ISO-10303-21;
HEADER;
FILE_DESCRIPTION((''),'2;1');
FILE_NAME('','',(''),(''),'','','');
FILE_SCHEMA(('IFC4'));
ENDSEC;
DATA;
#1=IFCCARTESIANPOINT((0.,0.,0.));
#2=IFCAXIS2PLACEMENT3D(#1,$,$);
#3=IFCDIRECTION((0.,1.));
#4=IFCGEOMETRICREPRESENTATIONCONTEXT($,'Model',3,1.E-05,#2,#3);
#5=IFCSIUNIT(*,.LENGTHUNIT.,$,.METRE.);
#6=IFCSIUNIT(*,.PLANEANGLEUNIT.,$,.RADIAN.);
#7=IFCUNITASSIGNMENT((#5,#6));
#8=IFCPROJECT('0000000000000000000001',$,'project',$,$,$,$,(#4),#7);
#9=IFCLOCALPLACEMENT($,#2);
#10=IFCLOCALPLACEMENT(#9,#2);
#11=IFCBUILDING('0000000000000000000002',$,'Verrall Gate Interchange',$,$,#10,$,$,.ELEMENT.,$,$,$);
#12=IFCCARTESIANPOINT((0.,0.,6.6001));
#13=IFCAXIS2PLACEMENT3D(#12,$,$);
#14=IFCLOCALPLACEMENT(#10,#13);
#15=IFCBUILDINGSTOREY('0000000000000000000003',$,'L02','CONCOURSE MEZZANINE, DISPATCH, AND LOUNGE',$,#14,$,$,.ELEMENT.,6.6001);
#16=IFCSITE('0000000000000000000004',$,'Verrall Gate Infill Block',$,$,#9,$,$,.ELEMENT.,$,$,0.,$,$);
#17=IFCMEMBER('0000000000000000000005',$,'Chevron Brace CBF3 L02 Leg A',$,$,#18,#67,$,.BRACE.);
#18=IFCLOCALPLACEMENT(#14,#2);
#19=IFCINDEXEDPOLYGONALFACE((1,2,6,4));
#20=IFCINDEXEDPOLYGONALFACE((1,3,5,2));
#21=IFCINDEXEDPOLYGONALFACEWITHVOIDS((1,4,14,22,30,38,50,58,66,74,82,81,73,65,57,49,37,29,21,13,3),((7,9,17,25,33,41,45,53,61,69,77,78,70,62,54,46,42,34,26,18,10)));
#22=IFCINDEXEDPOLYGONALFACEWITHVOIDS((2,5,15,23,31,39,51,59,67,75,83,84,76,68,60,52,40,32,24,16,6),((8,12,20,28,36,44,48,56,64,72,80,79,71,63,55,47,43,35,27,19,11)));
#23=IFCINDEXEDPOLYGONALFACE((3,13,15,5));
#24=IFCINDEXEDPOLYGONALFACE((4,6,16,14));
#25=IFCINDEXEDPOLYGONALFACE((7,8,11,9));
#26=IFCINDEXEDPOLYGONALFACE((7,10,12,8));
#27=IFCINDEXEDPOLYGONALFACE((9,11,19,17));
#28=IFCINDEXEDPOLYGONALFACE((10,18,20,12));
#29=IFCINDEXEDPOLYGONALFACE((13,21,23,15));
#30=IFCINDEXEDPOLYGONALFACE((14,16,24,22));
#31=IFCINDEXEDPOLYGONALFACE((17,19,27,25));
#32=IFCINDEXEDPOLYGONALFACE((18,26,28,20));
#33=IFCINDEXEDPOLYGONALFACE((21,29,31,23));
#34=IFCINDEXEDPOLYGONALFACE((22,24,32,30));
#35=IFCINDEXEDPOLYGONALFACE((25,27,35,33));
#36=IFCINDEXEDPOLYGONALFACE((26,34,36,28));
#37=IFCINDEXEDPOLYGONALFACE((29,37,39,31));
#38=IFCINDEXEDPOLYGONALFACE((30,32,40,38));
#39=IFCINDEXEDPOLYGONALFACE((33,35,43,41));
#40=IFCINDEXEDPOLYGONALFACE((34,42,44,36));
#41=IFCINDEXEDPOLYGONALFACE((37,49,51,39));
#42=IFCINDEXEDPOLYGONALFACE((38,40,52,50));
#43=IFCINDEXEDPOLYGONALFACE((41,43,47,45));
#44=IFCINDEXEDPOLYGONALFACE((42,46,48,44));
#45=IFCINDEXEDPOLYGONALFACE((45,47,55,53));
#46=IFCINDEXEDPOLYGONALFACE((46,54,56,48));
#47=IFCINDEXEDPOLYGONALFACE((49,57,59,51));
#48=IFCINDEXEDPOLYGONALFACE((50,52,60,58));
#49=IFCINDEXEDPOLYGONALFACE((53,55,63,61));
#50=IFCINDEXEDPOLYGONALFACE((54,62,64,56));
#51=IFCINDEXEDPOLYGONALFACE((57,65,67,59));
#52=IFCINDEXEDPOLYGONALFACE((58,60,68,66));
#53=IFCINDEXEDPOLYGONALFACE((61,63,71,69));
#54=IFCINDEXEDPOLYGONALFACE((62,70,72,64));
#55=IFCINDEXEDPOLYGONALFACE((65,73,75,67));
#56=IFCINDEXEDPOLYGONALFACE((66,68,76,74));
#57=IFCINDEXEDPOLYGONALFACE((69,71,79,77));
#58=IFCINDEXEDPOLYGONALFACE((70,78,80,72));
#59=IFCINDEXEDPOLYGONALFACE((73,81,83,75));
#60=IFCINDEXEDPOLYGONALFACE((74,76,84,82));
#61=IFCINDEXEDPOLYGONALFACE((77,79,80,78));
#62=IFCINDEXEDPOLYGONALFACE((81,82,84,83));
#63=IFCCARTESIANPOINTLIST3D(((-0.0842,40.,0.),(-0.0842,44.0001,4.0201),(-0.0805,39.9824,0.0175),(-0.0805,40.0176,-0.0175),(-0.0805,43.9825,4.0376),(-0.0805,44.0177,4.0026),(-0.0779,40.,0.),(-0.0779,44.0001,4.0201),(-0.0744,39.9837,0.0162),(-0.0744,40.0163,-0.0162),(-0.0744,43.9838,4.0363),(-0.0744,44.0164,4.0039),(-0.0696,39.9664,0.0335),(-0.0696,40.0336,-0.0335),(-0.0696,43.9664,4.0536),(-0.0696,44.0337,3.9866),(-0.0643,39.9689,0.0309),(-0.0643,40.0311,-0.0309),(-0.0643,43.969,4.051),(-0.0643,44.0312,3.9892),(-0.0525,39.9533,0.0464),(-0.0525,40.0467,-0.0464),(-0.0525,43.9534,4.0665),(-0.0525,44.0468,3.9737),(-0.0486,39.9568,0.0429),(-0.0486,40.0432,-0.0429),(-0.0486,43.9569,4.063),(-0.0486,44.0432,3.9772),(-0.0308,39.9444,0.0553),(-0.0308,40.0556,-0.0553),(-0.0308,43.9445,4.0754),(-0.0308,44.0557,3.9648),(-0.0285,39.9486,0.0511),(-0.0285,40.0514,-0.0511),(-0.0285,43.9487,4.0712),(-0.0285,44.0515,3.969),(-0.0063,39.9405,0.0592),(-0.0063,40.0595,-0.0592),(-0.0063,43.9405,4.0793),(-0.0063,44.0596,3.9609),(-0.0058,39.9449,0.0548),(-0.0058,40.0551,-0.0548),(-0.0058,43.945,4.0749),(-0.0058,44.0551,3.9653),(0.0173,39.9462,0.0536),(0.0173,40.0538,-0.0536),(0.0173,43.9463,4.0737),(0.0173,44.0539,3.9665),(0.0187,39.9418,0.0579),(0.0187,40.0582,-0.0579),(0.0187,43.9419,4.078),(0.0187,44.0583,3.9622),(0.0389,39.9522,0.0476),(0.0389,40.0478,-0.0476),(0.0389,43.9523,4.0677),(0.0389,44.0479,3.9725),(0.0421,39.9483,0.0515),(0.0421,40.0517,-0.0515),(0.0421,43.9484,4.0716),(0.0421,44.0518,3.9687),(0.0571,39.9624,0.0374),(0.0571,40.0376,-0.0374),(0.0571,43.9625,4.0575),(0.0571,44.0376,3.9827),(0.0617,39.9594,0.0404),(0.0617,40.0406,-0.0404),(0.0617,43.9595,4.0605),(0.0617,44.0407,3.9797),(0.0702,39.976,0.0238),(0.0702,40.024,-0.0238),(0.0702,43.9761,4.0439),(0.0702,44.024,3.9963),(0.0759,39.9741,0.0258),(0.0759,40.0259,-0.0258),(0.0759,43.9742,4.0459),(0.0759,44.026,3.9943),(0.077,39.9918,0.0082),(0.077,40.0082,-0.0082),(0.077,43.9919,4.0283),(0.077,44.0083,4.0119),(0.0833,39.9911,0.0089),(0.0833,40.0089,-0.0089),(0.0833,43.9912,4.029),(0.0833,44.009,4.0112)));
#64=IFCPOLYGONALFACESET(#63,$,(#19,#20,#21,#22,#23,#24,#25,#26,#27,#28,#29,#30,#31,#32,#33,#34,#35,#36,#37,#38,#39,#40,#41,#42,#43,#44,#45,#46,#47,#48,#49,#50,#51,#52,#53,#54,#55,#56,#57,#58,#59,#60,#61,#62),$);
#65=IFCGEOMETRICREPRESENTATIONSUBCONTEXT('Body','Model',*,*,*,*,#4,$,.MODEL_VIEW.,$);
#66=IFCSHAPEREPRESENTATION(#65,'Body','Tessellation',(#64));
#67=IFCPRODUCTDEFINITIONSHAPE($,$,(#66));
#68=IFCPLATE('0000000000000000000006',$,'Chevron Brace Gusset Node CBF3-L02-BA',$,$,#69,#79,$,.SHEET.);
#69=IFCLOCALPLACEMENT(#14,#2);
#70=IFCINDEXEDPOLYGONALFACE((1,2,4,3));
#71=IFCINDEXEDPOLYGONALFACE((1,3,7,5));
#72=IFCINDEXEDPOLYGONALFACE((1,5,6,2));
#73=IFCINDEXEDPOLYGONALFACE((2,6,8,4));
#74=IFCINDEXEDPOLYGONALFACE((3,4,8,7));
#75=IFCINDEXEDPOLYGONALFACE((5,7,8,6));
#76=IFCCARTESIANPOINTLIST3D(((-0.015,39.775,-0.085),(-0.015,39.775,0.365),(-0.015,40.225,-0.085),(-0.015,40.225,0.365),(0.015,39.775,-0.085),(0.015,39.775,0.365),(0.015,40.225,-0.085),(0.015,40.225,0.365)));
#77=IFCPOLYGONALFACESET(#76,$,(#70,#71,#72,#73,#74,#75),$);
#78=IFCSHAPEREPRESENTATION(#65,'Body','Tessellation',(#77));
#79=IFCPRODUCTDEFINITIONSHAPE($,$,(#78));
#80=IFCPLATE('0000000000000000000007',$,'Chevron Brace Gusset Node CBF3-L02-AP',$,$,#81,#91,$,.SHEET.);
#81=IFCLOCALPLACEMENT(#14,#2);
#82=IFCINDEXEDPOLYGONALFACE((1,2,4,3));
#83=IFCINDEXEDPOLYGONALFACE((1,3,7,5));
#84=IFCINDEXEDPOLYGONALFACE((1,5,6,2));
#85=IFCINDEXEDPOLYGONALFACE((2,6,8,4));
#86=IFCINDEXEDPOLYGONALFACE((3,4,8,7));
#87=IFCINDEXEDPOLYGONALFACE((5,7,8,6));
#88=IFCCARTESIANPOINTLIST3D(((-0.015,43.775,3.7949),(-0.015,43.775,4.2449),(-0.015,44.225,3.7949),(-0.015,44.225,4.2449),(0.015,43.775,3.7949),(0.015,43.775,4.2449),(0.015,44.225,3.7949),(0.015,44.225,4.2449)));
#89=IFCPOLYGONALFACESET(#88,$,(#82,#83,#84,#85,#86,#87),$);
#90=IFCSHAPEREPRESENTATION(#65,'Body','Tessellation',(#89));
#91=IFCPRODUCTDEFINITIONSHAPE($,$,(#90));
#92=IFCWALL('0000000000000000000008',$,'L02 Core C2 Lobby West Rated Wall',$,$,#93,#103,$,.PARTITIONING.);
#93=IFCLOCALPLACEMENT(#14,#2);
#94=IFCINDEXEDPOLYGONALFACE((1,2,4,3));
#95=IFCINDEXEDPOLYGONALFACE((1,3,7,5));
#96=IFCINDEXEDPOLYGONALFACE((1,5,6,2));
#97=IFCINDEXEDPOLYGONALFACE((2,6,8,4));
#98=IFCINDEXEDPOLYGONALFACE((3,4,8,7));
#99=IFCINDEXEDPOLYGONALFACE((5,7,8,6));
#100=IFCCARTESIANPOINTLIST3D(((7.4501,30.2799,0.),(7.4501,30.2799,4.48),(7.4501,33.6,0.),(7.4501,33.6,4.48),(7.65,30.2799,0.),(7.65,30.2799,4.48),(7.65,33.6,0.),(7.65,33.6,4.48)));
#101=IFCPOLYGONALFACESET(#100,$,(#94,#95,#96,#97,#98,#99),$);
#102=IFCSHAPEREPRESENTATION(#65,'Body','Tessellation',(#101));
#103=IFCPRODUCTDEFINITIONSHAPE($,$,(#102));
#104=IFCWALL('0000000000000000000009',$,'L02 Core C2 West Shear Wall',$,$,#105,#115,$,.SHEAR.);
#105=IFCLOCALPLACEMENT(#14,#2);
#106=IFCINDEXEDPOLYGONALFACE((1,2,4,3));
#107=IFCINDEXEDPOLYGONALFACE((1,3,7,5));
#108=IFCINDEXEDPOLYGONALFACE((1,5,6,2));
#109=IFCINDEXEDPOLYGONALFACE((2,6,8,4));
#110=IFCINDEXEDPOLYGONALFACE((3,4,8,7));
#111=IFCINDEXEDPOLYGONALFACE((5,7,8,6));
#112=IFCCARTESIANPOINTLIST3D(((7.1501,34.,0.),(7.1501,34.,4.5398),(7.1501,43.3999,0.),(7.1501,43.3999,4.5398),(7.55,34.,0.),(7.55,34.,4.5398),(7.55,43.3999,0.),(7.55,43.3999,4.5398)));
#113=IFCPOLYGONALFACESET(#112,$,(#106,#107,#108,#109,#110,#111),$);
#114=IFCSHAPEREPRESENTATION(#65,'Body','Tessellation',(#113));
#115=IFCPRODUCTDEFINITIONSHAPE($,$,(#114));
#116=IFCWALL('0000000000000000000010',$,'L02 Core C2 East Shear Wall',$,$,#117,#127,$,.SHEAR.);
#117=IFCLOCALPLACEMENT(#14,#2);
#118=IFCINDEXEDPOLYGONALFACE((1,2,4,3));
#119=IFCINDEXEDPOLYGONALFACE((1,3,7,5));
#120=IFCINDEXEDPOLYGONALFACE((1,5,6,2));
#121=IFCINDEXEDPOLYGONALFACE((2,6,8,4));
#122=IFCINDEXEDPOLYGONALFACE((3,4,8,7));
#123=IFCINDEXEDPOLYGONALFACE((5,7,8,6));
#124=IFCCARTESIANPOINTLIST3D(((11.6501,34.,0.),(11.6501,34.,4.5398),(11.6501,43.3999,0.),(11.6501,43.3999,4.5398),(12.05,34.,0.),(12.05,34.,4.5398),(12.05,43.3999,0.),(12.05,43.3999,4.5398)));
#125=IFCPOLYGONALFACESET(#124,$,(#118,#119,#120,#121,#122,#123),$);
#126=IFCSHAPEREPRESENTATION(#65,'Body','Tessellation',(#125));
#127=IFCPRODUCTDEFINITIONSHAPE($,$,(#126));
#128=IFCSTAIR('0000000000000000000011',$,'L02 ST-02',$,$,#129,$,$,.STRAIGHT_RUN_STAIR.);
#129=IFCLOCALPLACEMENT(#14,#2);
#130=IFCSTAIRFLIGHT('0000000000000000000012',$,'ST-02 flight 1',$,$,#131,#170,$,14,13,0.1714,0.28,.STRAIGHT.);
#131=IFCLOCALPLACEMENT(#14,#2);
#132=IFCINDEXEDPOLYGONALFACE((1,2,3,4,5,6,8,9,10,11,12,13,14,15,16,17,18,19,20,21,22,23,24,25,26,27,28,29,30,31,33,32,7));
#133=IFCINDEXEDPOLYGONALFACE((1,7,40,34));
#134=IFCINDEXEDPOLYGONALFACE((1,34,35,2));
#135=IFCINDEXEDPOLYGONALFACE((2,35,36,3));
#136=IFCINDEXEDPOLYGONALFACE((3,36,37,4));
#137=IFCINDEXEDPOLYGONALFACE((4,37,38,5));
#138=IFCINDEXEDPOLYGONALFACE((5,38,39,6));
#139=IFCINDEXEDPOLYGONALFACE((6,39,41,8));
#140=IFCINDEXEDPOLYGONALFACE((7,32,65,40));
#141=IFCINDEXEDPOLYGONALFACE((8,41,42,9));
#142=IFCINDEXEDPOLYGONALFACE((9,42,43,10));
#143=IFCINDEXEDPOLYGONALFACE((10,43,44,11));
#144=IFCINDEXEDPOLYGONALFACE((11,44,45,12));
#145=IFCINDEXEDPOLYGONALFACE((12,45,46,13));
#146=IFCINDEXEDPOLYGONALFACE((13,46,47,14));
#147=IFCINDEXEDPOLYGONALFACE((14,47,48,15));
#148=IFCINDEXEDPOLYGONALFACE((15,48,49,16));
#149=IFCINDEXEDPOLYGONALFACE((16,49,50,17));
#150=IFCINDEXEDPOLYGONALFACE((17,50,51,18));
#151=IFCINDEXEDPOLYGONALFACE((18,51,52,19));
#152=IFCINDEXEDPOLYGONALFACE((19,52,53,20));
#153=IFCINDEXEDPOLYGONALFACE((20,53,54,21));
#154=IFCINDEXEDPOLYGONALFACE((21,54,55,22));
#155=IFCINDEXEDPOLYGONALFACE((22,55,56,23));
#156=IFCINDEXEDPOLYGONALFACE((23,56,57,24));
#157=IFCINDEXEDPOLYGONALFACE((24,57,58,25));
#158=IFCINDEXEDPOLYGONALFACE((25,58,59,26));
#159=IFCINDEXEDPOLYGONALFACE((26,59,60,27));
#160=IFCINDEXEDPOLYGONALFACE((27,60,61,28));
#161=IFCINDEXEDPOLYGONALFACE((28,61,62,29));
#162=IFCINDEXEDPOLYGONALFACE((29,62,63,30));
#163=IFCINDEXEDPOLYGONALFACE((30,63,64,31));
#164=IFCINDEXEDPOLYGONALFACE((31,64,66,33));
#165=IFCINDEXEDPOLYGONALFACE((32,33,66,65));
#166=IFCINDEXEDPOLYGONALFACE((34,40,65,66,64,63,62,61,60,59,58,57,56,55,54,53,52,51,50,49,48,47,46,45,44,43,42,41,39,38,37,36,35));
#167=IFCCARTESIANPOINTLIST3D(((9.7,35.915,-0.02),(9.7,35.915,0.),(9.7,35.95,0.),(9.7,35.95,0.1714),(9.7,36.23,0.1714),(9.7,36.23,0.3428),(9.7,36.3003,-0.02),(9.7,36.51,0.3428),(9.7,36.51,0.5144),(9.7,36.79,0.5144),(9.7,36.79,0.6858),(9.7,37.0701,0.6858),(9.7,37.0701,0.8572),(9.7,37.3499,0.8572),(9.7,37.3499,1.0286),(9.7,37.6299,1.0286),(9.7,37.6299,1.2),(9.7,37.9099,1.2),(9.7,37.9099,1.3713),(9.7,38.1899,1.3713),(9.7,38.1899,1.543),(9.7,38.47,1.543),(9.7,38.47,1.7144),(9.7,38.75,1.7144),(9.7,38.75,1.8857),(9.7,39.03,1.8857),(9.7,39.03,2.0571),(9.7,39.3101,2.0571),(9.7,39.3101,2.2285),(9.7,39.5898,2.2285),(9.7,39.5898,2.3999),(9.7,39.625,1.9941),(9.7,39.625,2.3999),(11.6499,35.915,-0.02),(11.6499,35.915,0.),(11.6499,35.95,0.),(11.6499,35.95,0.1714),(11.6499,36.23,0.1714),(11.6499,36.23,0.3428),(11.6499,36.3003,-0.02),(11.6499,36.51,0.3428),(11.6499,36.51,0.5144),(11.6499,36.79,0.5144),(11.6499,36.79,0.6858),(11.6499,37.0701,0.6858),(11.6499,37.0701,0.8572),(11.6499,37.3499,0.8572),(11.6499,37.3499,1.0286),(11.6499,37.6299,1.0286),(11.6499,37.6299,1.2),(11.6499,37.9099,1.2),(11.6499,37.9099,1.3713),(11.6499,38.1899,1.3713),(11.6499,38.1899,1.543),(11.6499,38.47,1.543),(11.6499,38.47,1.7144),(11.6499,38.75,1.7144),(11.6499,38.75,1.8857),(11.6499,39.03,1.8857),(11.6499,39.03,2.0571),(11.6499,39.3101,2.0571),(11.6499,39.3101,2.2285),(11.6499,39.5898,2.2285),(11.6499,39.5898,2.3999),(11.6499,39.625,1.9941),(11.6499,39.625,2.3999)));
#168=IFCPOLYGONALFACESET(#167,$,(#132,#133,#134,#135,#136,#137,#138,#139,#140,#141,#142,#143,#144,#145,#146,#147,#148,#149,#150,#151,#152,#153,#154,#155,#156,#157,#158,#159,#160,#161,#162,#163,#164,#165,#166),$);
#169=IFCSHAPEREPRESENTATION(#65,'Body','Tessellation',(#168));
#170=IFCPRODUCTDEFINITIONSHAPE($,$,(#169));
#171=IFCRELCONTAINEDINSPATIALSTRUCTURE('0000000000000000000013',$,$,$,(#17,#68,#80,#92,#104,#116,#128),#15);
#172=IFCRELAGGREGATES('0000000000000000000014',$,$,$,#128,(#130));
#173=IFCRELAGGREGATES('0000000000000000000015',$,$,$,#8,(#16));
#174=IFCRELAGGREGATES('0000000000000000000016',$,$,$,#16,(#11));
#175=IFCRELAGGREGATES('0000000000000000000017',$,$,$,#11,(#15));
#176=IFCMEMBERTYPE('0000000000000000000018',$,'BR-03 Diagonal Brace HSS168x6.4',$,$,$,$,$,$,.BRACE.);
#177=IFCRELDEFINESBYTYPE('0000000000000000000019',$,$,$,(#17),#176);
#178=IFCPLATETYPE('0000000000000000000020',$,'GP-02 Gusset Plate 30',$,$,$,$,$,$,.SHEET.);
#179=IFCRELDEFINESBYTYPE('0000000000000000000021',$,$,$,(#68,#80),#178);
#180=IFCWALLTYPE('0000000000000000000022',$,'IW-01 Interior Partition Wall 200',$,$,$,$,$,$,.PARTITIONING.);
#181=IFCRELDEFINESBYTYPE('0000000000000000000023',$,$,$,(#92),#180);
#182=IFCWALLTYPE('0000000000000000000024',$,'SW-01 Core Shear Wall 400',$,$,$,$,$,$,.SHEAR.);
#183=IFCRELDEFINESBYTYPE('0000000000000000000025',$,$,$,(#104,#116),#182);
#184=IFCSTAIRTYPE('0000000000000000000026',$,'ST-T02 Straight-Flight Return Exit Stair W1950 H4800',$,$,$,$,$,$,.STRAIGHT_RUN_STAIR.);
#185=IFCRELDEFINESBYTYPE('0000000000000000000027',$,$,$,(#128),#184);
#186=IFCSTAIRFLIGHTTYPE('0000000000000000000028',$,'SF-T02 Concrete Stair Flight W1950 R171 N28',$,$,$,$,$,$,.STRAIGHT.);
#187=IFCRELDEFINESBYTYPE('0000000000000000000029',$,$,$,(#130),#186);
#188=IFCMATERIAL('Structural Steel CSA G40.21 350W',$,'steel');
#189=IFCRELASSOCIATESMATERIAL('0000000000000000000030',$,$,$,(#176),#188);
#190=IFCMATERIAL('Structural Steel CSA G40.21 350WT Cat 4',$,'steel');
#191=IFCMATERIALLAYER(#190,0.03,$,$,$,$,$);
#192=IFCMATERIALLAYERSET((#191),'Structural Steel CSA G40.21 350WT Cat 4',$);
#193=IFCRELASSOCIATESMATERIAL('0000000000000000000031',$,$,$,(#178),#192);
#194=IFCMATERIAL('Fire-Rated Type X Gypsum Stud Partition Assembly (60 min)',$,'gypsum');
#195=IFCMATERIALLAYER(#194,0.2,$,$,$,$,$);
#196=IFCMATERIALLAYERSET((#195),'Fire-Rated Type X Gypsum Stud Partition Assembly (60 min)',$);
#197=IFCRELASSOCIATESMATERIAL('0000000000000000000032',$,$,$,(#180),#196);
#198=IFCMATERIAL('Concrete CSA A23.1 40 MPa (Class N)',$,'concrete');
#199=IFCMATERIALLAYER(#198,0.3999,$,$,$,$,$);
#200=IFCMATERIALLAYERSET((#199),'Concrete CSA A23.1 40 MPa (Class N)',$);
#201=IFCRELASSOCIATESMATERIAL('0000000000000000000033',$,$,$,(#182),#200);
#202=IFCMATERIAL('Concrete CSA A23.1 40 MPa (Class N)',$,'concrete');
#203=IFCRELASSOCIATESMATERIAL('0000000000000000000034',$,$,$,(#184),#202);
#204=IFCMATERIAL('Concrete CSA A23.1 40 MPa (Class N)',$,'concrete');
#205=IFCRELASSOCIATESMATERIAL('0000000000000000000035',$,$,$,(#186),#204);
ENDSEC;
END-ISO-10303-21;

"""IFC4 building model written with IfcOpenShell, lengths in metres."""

from ifc_helpers import new_model, si_unit, direction, frame, frame_2d, origin, origin_2d, place, context, subcontext, project, spatial, polyline, rectangle, hollow_circle, outline, extrude, material, layer, layer_set, material_profile, profile_set, type_object, element, aggregate, save


model = new_model("IFC4")

# Units and contexts
model_context = context("Model", 3, precision=1e-05, world=origin(), true_north=direction((0.0, 1.0)))
body_context = subcontext(model_context, "Body", "Model", "MODEL_VIEW")
ifc_project = project(units=[si_unit("LENGTHUNIT", "METRE"), si_unit("PLANEANGLEUNIT", "RADIAN")], contexts=[model_context])

# Site, building, storey
site_placement = place(None, origin())
site = spatial("IfcSite", under=ifc_project, at=site_placement, Name="Verrall Gate Infill Block", CompositionType="ELEMENT", RefElevation=0.0)
building_placement = place(site_placement, origin())
building = spatial("IfcBuilding", under=site, at=building_placement, Name="Verrall Gate Interchange", CompositionType="ELEMENT")
storey_placement = place(building_placement, frame((0.0, 0.0, 6.6001)))
storey = spatial("IfcBuildingStorey", under=building, at=storey_placement, Name="L02", Description="CONCOURSE MEZZANINE, DISPATCH, AND LOUNGE", CompositionType="ELEMENT", Elevation=6.6001)

# Member
ifc_material_1 = material(Name="Structural Steel CSA G40.21 350W", Category="steel")
ifc_material_profile_1 = material_profile(ifc_material_1, hollow_circle(Radius=0.0842, WallThickness=0.0063, at=origin_2d()), Name="HSS168x6.4")
ifc_profile_set_1 = profile_set([ifc_material_profile_1], Name="Structural Steel CSA G40.21 350W")
member_type = type_object("IfcMemberType", Name="BR-03 Diagonal Brace HSS168x6.4", PredefinedType="BRACE", material=ifc_profile_set_1)
member_placement = place(storey_placement, frame((0.0, 40.0, 0.0), z_axis=(0.0, 0.70534, 0.70887), x_axis=(-1.0, 0.0, 0.0)))
element("IfcMember", 1, at=member_placement, inside=storey, type_object=member_type, Name="Chevron Brace CBF3 L02 Leg A", PredefinedType="BRACE", context=body_context, shape_type="SweptSolid", body=[
    extrude(hollow_circle(Radius=0.0842, WallThickness=0.0063, at=origin_2d()), origin(), (0.0, 0.0, 1.0), 5.6711),
])

# Plates
ifc_material_2 = material(Name="Structural Steel CSA G40.21 350WT Cat 4", Category="steel")
ifc_layer_1 = layer(ifc_material_2, 0.03)
ifc_layer_set_1 = layer_set([ifc_layer_1], Name="Structural Steel CSA G40.21 350WT Cat 4")
plate_type = type_object("IfcPlateType", Name="GP-02 Gusset Plate 30", PredefinedType="SHEET", material=ifc_layer_set_1)
for number, where, z_axis, x_axis, name in (
    (2, (0.0, 40.0, -0.085), (0.0, 0.0, 1.0), (1.0, 0.0, 0.0), "Chevron Brace Gusset Node CBF3-L02-BA"),
    (3, (0.0, 44.0, 3.7949), (0.0, 0.0, 1.0), (1.0, 0.0, 0.0), "Chevron Brace Gusset Node CBF3-L02-AP"),
):
    element("IfcPlate", number, at=place(storey_placement, frame(where, z_axis=z_axis, x_axis=x_axis)), inside=storey, type_object=plate_type, Name=name, PredefinedType="SHEET", context=body_context, shape_type="SweptSolid", body=[
        extrude(rectangle(XDim=0.03, YDim=0.45, at=origin_2d()), origin(), (0.0, 0.0, 1.0), 0.45),
    ])

# Wall
ifc_material_3 = material(Name="Fire-Rated Type X Gypsum Stud Partition Assembly (60 min)", Category="gypsum")
ifc_layer_2 = layer(ifc_material_3, 0.2)
ifc_layer_set_2 = layer_set([ifc_layer_2], Name="Fire-Rated Type X Gypsum Stud Partition Assembly (60 min)")
wall_type_1 = type_object("IfcWallType", Name="IW-01 Interior Partition Wall 200", PredefinedType="PARTITIONING", material=ifc_layer_set_2)
wall_1_placement = place(storey_placement, frame((7.55, 33.6001, 0.0), z_axis=(0.0, 0.0, 1.0), x_axis=(0.0, -1.0, 0.0)))
element("IfcWall", 4, at=wall_1_placement, inside=storey, type_object=wall_type_1, Name="L02 Core C2 Lobby West Rated Wall", PredefinedType="PARTITIONING", context=body_context, shape_type="SweptSolid", body=[
    extrude(rectangle(XDim=3.3201, YDim=0.2, at=frame_2d((1.6602, 0.0))), origin(), (0.0, 0.0, 1.0), 4.48),
])

# Shared definitions
ifc_material_4 = material(Name="Concrete CSA A23.1 40 MPa (Class N)", Category="concrete")
ifc_layer_3 = layer(ifc_material_4, 0.3999)
ifc_layer_set_3 = layer_set([ifc_layer_3], Name="Concrete CSA A23.1 40 MPa (Class N)")
wall_type_2 = type_object("IfcWallType", Name="SW-01 Core Shear Wall 400", PredefinedType="SHEAR", material=ifc_layer_set_3)

# Walls
for number, where, z_axis, x_axis, name in (
    (5, (7.3501, 43.3999, 0.0), (0.0, 0.0, 1.0), (0.0, -1.0, 0.0), "L02 Core C2 West Shear Wall"),
    (6, (11.8501, 34.0, 0.0), (0.0, 0.0, 1.0), (0.0, 1.0, 0.0), "L02 Core C2 East Shear Wall"),
):
    element("IfcWall", number, at=place(storey_placement, frame(where, z_axis=z_axis, x_axis=x_axis)), inside=storey, type_object=wall_type_2, Name=name, PredefinedType="SHEAR", context=body_context, shape_type="SweptSolid", body=[
        extrude(rectangle(XDim=9.3999, YDim=0.3999, at=frame_2d((4.7, 0.0))), origin(), (0.0, 0.0, 1.0), 4.5398),
    ])

# Stair, stair flight
ifc_material_5 = material(Name="Concrete CSA A23.1 40 MPa (Class N)", Category="concrete")
stair_type = type_object("IfcStairType", Name="ST-T02 Straight-Flight Return Exit Stair W1950 H4800", PredefinedType="STRAIGHT_RUN_STAIR", material=ifc_material_5)
stair_placement = place(storey_placement, origin())
stair = element("IfcStair", 7, at=stair_placement, inside=storey, type_object=stair_type, Name="L02 ST-02", PredefinedType="STRAIGHT_RUN_STAIR")
ifc_material_6 = material(Name="Concrete CSA A23.1 40 MPa (Class N)", Category="concrete")
stair_flight_type = type_object("IfcStairFlightType", Name="SF-T02 Concrete Stair Flight W1950 R171 N28", PredefinedType="STRAIGHT", material=ifc_material_6)
stair_flight_1_placement = place(storey_placement, frame((10.675, 35.95, 0.0), z_axis=(0.0, 0.0, 1.0), x_axis=(0.0, 1.0, 0.0)))
stair_flight_1 = element("IfcStairFlight", 8, at=stair_flight_1_placement, type_object=stair_flight_type, Name="ST-02 flight 1", NumberOfRisers=14, NumberOfTreads=13, PredefinedType="STRAIGHT", RiserHeight=0.1714, TreadLength=0.28, context=body_context, shape_type="SweptSolid", body=[
    extrude(outline(polyline([(-0.0349, -0.02), (-0.0349, 0.0), (0.0, 0.0), (0.0, 0.1714), (0.28, 0.1714), (0.28, 0.3428), (0.5601, 0.3428), (0.5601, 0.5144), (0.8401, 0.5144), (0.8401, 0.6858), (1.1201, 0.6858), (1.1201, 0.8572), (1.3999, 0.8572), (1.3999, 1.0286), (1.6799, 1.0286), (1.6799, 1.2), (1.96, 1.2), (1.96, 1.3713), (2.24, 1.3713), (2.24, 1.543), (2.52, 1.543), (2.52, 1.7144), (2.8, 1.7144), (2.8, 1.8857), (3.0801, 1.8857), (3.0801, 2.0571), (3.3601, 2.0571), (3.3601, 2.2285), (3.6399, 2.2285), (3.6399, 2.3999), (3.675, 2.3999), (3.675, 1.9941), (0.3503, -0.02), (-0.0349, -0.02)])), frame((0.0, 0.9751, 0.0), z_axis=(0.0, -1.0, 0.0), x_axis=(1.0, 0.0, 0.0)), (0.0, 0.0, 1.0), 1.95),
])
aggregate(stair, [stair_flight_1])

save(model, "model.ifc")
